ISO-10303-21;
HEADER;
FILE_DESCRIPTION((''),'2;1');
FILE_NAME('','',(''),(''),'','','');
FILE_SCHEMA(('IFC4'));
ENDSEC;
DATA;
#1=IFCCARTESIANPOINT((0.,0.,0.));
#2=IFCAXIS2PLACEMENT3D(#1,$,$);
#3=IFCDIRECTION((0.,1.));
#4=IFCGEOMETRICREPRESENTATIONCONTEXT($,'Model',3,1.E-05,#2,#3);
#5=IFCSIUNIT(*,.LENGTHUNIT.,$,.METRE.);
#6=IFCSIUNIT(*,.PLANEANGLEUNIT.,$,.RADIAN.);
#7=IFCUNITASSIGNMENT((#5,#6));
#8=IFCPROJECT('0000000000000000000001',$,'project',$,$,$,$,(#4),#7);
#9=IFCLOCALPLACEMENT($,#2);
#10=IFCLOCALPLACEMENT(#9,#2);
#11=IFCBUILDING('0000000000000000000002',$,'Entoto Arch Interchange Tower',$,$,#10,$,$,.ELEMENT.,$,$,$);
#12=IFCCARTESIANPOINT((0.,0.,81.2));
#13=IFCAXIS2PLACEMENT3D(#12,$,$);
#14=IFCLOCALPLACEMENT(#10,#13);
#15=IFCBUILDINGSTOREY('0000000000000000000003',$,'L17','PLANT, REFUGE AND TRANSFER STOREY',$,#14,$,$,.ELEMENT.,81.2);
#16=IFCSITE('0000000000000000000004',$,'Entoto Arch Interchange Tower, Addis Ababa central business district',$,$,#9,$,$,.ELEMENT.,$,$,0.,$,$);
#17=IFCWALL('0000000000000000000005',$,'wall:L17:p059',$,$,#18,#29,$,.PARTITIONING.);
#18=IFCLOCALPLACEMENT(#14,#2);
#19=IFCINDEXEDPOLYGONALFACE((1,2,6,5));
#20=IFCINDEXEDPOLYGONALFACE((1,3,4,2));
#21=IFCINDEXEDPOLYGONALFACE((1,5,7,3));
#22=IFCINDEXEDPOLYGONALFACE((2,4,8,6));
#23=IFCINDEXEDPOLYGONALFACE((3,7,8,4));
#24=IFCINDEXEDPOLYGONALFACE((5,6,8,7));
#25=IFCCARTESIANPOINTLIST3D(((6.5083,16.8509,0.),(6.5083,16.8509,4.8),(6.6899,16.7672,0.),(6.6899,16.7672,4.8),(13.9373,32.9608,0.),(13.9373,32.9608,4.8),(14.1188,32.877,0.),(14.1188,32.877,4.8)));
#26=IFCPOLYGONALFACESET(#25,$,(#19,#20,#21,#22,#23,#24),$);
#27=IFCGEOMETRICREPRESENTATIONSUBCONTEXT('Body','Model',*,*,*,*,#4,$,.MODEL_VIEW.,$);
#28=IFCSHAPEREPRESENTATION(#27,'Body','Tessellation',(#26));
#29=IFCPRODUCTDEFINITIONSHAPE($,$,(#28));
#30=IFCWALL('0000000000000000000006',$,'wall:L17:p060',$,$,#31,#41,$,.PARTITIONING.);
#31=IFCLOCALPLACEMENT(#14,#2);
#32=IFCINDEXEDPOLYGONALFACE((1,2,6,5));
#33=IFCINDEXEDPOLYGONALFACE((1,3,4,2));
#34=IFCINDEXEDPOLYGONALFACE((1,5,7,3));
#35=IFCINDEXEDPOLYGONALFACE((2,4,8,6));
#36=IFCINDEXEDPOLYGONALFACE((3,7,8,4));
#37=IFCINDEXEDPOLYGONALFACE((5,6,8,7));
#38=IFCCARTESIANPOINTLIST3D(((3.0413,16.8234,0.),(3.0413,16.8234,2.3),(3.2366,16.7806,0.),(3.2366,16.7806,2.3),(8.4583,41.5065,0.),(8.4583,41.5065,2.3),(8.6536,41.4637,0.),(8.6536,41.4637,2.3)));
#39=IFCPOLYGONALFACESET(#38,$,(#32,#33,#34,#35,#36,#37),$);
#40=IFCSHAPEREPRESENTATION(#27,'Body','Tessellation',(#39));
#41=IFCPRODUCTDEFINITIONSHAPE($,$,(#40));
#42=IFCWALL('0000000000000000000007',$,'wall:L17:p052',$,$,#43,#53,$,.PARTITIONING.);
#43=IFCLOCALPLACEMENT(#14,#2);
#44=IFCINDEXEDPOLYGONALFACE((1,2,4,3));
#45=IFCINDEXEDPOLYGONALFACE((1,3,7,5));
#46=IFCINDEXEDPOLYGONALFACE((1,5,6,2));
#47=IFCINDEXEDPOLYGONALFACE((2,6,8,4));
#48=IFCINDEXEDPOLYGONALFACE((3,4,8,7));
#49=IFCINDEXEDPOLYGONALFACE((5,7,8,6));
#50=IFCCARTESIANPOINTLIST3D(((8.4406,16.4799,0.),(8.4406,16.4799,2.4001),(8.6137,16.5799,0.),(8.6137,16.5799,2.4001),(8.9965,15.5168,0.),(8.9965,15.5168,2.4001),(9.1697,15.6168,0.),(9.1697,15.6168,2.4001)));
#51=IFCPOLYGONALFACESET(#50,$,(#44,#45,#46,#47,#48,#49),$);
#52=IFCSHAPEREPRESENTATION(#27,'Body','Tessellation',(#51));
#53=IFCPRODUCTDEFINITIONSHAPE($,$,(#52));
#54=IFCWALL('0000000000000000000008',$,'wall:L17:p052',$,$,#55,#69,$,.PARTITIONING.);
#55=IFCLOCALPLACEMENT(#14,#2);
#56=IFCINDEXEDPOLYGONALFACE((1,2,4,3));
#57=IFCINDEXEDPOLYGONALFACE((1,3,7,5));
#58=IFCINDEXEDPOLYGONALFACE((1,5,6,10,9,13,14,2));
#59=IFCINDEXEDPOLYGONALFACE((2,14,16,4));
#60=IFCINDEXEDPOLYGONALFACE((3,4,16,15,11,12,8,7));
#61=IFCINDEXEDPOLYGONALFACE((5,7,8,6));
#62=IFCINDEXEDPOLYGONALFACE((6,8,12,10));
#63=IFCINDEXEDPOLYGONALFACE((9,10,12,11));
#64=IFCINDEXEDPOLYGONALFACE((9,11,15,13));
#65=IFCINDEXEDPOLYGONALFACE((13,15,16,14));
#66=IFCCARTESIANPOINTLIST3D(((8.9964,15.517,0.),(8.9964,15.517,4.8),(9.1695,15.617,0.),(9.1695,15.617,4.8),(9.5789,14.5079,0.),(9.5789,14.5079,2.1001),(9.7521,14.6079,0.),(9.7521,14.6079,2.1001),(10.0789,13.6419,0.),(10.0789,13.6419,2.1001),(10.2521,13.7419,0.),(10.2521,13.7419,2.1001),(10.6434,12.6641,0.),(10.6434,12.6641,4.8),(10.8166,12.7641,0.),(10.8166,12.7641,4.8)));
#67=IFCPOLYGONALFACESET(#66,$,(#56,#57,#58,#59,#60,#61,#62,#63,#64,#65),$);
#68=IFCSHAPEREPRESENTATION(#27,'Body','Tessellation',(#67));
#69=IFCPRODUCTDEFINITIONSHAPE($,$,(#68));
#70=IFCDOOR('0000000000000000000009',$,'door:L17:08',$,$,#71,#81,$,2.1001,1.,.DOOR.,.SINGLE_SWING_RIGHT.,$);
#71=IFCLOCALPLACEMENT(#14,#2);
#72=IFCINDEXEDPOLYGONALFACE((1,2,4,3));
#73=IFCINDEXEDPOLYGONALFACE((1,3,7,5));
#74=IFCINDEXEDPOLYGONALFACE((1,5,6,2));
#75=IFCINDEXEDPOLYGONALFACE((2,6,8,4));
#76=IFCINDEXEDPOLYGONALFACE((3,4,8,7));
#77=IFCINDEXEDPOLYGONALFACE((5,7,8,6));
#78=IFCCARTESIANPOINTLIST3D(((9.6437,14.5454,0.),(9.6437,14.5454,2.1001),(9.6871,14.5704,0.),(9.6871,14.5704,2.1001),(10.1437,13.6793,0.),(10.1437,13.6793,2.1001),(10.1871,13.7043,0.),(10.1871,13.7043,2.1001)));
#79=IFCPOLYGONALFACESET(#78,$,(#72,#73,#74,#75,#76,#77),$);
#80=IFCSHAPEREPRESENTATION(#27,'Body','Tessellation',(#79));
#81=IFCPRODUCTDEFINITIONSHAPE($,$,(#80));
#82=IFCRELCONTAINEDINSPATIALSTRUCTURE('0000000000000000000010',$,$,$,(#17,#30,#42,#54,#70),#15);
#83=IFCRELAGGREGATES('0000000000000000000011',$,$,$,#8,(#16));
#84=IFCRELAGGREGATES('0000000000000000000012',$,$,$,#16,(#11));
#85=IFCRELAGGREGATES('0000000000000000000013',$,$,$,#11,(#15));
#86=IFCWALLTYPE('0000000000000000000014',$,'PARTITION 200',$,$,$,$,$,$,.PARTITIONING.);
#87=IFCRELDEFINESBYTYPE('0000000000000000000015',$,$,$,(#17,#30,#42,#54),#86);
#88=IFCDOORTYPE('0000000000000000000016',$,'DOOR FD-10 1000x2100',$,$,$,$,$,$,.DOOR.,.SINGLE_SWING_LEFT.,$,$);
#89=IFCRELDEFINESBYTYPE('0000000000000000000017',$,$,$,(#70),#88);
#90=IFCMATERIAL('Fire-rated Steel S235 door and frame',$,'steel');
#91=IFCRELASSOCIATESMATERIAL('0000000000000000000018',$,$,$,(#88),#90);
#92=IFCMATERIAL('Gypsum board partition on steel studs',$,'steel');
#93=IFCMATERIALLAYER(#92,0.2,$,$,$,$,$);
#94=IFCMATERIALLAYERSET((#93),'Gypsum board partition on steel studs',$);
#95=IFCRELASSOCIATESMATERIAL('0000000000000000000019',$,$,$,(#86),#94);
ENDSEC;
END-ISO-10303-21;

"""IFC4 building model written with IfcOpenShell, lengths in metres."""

from ifc_helpers import new_model, si_unit, direction, frame, frame_2d, origin, place, context, subcontext, project, spatial, rectangle, extrude, material, layer, layer_set, type_object, element, fill, save


model = new_model("IFC4")

# Units and contexts
model_context = context("Model", 3, precision=1e-05, world=origin(), true_north=direction((0.0, 1.0)))
body_context = subcontext(model_context, "Body", "Model", "MODEL_VIEW")
ifc_project = project(units=[si_unit("LENGTHUNIT", "METRE"), si_unit("PLANEANGLEUNIT", "RADIAN")], contexts=[model_context])

# Site, building, storey
site_placement = place(None, origin())
site = spatial("IfcSite", under=ifc_project, at=site_placement, Name="Entoto Arch Interchange Tower, Addis Ababa central business district", CompositionType="ELEMENT", RefElevation=0.0)
building_placement = place(site_placement, origin())
building = spatial("IfcBuilding", under=site, at=building_placement, Name="Entoto Arch Interchange Tower", CompositionType="ELEMENT")
storey_placement = place(building_placement, frame((0.0, 0.0, 81.2)))
storey = spatial("IfcBuildingStorey", under=building, at=storey_placement, Name="L17", Description="PLANT, REFUGE AND TRANSFER STOREY", CompositionType="ELEMENT", Elevation=81.2)

# Shared definitions
ifc_material_1 = material(Name="Fire-rated Steel S235 door and frame", Category="steel")
door_type_1 = type_object("IfcDoorType", Name="DOOR FD-10 1000x2100", OperationType="SINGLE_SWING_LEFT", PredefinedType="DOOR", material=ifc_material_1)
ifc_material_2 = material(Name="Gypsum board partition on steel studs", Category="steel")
ifc_layer_1 = layer(ifc_material_2, 0.2)
ifc_layer_set_1 = layer_set([ifc_layer_1], Name="Gypsum board partition on steel studs")
wall_type_1 = type_object("IfcWallType", Name="PARTITION 200", PredefinedType="PARTITIONING", material=ifc_layer_set_1)

# Walls
wall_1_placement = place(storey_placement, frame((6.5991, 16.8091, 0.0), z_axis=(0.0, 0.0, 1.0), x_axis=(0.418762, 0.908096, 0.0)))
element("IfcWall", 1, at=wall_1_placement, inside=storey, type_object=wall_type_1, Name="wall:L17:p059", PredefinedType="PARTITIONING", context=body_context, shape_type="SweptSolid", body=[
    extrude(rectangle(XDim=17.7402, YDim=0.2, at=frame_2d((8.8701, 0.0))), origin(), (0.0, 0.0, 1.0), 4.8),
])
wall_2_placement = place(storey_placement, frame((3.1389, 16.802, 0.0), z_axis=(0.0, 0.0, 1.0), x_axis=(0.21436, 0.976755, 0.0)))
element("IfcWall", 2, at=wall_2_placement, inside=storey, type_object=wall_type_1, Name="wall:L17:p060", PredefinedType="PARTITIONING", context=body_context, shape_type="SweptSolid", body=[
    extrude(rectangle(XDim=25.2705, YDim=0.2, at=frame_2d((12.6353, 0.0))), origin(), (0.0, 0.0, 1.0), 2.3),
])
wall_3_placement = place(storey_placement, frame((8.5271, 16.53, 0.0), z_axis=(0.0, 0.0, 1.0), x_axis=(0.499893, -0.866087, 0.0)))
element("IfcWall", 3, at=wall_3_placement, inside=storey, type_object=wall_type_1, Name="wall:L17:p052", PredefinedType="PARTITIONING", context=body_context, shape_type="SweptSolid", body=[
    extrude(rectangle(XDim=1.1121, YDim=0.2, at=frame_2d((0.5562, 0.0))), origin(), (0.0, 0.0, 1.0), 2.4001),
])

# Wall, opening, door
wall_4_placement = place(storey_placement, frame((9.083, 15.5669, 0.0), z_axis=(0.0, 0.0, 1.0), x_axis=(0.499981, -0.866036, 0.0)))
wall_4 = element("IfcWall", 4, at=wall_4_placement, inside=storey, type_object=wall_type_1, Name="wall:L17:p052", PredefinedType="PARTITIONING", context=body_context, shape_type="SweptSolid", body=[
    extrude(rectangle(XDim=3.2942, YDim=0.2, at=frame_2d((1.647, 0.0))), origin(), (0.0, 0.0, 1.0), 4.8),
])
opening_1_placement = place(wall_4_placement, frame((1.165, 0.0, 0.0)))
opening_1 = element("IfcOpeningElement", 5, at=opening_1_placement, cuts=wall_4, PredefinedType="OPENING", context=body_context, shape_type="SweptSolid", body=[
    extrude(rectangle(XDim=1.0, YDim=2.1001, at=frame_2d((0.5, 1.05))), frame((0.0, 0.1099, 0.0), z_axis=(0.0, -1.0, 0.0), x_axis=(1.0, 0.0, 0.0)), (0.0, 0.0, 1.0), 0.22),
])
door_1_placement = place(opening_1_placement, origin())
door_1 = element("IfcDoor", 6, at=door_1_placement, inside=storey, type_object=door_type_1, Name="door:L17:08", OperationType="SINGLE_SWING_RIGHT", OverallHeight=2.1001, OverallWidth=1.0, PredefinedType="DOOR", context=body_context, shape_type="SweptSolid", body=[
    extrude(rectangle(XDim=1.0, YDim=2.1001, at=frame_2d((0.5, 1.05))), frame((0.0, 0.0249, 0.0), z_axis=(0.0, -1.0, 0.0), x_axis=(1.0, 0.0, 0.0)), (0.0, 0.0, 1.0), 0.05),
])
fill(opening_1, door_1)

save(model, "model.ifc")
